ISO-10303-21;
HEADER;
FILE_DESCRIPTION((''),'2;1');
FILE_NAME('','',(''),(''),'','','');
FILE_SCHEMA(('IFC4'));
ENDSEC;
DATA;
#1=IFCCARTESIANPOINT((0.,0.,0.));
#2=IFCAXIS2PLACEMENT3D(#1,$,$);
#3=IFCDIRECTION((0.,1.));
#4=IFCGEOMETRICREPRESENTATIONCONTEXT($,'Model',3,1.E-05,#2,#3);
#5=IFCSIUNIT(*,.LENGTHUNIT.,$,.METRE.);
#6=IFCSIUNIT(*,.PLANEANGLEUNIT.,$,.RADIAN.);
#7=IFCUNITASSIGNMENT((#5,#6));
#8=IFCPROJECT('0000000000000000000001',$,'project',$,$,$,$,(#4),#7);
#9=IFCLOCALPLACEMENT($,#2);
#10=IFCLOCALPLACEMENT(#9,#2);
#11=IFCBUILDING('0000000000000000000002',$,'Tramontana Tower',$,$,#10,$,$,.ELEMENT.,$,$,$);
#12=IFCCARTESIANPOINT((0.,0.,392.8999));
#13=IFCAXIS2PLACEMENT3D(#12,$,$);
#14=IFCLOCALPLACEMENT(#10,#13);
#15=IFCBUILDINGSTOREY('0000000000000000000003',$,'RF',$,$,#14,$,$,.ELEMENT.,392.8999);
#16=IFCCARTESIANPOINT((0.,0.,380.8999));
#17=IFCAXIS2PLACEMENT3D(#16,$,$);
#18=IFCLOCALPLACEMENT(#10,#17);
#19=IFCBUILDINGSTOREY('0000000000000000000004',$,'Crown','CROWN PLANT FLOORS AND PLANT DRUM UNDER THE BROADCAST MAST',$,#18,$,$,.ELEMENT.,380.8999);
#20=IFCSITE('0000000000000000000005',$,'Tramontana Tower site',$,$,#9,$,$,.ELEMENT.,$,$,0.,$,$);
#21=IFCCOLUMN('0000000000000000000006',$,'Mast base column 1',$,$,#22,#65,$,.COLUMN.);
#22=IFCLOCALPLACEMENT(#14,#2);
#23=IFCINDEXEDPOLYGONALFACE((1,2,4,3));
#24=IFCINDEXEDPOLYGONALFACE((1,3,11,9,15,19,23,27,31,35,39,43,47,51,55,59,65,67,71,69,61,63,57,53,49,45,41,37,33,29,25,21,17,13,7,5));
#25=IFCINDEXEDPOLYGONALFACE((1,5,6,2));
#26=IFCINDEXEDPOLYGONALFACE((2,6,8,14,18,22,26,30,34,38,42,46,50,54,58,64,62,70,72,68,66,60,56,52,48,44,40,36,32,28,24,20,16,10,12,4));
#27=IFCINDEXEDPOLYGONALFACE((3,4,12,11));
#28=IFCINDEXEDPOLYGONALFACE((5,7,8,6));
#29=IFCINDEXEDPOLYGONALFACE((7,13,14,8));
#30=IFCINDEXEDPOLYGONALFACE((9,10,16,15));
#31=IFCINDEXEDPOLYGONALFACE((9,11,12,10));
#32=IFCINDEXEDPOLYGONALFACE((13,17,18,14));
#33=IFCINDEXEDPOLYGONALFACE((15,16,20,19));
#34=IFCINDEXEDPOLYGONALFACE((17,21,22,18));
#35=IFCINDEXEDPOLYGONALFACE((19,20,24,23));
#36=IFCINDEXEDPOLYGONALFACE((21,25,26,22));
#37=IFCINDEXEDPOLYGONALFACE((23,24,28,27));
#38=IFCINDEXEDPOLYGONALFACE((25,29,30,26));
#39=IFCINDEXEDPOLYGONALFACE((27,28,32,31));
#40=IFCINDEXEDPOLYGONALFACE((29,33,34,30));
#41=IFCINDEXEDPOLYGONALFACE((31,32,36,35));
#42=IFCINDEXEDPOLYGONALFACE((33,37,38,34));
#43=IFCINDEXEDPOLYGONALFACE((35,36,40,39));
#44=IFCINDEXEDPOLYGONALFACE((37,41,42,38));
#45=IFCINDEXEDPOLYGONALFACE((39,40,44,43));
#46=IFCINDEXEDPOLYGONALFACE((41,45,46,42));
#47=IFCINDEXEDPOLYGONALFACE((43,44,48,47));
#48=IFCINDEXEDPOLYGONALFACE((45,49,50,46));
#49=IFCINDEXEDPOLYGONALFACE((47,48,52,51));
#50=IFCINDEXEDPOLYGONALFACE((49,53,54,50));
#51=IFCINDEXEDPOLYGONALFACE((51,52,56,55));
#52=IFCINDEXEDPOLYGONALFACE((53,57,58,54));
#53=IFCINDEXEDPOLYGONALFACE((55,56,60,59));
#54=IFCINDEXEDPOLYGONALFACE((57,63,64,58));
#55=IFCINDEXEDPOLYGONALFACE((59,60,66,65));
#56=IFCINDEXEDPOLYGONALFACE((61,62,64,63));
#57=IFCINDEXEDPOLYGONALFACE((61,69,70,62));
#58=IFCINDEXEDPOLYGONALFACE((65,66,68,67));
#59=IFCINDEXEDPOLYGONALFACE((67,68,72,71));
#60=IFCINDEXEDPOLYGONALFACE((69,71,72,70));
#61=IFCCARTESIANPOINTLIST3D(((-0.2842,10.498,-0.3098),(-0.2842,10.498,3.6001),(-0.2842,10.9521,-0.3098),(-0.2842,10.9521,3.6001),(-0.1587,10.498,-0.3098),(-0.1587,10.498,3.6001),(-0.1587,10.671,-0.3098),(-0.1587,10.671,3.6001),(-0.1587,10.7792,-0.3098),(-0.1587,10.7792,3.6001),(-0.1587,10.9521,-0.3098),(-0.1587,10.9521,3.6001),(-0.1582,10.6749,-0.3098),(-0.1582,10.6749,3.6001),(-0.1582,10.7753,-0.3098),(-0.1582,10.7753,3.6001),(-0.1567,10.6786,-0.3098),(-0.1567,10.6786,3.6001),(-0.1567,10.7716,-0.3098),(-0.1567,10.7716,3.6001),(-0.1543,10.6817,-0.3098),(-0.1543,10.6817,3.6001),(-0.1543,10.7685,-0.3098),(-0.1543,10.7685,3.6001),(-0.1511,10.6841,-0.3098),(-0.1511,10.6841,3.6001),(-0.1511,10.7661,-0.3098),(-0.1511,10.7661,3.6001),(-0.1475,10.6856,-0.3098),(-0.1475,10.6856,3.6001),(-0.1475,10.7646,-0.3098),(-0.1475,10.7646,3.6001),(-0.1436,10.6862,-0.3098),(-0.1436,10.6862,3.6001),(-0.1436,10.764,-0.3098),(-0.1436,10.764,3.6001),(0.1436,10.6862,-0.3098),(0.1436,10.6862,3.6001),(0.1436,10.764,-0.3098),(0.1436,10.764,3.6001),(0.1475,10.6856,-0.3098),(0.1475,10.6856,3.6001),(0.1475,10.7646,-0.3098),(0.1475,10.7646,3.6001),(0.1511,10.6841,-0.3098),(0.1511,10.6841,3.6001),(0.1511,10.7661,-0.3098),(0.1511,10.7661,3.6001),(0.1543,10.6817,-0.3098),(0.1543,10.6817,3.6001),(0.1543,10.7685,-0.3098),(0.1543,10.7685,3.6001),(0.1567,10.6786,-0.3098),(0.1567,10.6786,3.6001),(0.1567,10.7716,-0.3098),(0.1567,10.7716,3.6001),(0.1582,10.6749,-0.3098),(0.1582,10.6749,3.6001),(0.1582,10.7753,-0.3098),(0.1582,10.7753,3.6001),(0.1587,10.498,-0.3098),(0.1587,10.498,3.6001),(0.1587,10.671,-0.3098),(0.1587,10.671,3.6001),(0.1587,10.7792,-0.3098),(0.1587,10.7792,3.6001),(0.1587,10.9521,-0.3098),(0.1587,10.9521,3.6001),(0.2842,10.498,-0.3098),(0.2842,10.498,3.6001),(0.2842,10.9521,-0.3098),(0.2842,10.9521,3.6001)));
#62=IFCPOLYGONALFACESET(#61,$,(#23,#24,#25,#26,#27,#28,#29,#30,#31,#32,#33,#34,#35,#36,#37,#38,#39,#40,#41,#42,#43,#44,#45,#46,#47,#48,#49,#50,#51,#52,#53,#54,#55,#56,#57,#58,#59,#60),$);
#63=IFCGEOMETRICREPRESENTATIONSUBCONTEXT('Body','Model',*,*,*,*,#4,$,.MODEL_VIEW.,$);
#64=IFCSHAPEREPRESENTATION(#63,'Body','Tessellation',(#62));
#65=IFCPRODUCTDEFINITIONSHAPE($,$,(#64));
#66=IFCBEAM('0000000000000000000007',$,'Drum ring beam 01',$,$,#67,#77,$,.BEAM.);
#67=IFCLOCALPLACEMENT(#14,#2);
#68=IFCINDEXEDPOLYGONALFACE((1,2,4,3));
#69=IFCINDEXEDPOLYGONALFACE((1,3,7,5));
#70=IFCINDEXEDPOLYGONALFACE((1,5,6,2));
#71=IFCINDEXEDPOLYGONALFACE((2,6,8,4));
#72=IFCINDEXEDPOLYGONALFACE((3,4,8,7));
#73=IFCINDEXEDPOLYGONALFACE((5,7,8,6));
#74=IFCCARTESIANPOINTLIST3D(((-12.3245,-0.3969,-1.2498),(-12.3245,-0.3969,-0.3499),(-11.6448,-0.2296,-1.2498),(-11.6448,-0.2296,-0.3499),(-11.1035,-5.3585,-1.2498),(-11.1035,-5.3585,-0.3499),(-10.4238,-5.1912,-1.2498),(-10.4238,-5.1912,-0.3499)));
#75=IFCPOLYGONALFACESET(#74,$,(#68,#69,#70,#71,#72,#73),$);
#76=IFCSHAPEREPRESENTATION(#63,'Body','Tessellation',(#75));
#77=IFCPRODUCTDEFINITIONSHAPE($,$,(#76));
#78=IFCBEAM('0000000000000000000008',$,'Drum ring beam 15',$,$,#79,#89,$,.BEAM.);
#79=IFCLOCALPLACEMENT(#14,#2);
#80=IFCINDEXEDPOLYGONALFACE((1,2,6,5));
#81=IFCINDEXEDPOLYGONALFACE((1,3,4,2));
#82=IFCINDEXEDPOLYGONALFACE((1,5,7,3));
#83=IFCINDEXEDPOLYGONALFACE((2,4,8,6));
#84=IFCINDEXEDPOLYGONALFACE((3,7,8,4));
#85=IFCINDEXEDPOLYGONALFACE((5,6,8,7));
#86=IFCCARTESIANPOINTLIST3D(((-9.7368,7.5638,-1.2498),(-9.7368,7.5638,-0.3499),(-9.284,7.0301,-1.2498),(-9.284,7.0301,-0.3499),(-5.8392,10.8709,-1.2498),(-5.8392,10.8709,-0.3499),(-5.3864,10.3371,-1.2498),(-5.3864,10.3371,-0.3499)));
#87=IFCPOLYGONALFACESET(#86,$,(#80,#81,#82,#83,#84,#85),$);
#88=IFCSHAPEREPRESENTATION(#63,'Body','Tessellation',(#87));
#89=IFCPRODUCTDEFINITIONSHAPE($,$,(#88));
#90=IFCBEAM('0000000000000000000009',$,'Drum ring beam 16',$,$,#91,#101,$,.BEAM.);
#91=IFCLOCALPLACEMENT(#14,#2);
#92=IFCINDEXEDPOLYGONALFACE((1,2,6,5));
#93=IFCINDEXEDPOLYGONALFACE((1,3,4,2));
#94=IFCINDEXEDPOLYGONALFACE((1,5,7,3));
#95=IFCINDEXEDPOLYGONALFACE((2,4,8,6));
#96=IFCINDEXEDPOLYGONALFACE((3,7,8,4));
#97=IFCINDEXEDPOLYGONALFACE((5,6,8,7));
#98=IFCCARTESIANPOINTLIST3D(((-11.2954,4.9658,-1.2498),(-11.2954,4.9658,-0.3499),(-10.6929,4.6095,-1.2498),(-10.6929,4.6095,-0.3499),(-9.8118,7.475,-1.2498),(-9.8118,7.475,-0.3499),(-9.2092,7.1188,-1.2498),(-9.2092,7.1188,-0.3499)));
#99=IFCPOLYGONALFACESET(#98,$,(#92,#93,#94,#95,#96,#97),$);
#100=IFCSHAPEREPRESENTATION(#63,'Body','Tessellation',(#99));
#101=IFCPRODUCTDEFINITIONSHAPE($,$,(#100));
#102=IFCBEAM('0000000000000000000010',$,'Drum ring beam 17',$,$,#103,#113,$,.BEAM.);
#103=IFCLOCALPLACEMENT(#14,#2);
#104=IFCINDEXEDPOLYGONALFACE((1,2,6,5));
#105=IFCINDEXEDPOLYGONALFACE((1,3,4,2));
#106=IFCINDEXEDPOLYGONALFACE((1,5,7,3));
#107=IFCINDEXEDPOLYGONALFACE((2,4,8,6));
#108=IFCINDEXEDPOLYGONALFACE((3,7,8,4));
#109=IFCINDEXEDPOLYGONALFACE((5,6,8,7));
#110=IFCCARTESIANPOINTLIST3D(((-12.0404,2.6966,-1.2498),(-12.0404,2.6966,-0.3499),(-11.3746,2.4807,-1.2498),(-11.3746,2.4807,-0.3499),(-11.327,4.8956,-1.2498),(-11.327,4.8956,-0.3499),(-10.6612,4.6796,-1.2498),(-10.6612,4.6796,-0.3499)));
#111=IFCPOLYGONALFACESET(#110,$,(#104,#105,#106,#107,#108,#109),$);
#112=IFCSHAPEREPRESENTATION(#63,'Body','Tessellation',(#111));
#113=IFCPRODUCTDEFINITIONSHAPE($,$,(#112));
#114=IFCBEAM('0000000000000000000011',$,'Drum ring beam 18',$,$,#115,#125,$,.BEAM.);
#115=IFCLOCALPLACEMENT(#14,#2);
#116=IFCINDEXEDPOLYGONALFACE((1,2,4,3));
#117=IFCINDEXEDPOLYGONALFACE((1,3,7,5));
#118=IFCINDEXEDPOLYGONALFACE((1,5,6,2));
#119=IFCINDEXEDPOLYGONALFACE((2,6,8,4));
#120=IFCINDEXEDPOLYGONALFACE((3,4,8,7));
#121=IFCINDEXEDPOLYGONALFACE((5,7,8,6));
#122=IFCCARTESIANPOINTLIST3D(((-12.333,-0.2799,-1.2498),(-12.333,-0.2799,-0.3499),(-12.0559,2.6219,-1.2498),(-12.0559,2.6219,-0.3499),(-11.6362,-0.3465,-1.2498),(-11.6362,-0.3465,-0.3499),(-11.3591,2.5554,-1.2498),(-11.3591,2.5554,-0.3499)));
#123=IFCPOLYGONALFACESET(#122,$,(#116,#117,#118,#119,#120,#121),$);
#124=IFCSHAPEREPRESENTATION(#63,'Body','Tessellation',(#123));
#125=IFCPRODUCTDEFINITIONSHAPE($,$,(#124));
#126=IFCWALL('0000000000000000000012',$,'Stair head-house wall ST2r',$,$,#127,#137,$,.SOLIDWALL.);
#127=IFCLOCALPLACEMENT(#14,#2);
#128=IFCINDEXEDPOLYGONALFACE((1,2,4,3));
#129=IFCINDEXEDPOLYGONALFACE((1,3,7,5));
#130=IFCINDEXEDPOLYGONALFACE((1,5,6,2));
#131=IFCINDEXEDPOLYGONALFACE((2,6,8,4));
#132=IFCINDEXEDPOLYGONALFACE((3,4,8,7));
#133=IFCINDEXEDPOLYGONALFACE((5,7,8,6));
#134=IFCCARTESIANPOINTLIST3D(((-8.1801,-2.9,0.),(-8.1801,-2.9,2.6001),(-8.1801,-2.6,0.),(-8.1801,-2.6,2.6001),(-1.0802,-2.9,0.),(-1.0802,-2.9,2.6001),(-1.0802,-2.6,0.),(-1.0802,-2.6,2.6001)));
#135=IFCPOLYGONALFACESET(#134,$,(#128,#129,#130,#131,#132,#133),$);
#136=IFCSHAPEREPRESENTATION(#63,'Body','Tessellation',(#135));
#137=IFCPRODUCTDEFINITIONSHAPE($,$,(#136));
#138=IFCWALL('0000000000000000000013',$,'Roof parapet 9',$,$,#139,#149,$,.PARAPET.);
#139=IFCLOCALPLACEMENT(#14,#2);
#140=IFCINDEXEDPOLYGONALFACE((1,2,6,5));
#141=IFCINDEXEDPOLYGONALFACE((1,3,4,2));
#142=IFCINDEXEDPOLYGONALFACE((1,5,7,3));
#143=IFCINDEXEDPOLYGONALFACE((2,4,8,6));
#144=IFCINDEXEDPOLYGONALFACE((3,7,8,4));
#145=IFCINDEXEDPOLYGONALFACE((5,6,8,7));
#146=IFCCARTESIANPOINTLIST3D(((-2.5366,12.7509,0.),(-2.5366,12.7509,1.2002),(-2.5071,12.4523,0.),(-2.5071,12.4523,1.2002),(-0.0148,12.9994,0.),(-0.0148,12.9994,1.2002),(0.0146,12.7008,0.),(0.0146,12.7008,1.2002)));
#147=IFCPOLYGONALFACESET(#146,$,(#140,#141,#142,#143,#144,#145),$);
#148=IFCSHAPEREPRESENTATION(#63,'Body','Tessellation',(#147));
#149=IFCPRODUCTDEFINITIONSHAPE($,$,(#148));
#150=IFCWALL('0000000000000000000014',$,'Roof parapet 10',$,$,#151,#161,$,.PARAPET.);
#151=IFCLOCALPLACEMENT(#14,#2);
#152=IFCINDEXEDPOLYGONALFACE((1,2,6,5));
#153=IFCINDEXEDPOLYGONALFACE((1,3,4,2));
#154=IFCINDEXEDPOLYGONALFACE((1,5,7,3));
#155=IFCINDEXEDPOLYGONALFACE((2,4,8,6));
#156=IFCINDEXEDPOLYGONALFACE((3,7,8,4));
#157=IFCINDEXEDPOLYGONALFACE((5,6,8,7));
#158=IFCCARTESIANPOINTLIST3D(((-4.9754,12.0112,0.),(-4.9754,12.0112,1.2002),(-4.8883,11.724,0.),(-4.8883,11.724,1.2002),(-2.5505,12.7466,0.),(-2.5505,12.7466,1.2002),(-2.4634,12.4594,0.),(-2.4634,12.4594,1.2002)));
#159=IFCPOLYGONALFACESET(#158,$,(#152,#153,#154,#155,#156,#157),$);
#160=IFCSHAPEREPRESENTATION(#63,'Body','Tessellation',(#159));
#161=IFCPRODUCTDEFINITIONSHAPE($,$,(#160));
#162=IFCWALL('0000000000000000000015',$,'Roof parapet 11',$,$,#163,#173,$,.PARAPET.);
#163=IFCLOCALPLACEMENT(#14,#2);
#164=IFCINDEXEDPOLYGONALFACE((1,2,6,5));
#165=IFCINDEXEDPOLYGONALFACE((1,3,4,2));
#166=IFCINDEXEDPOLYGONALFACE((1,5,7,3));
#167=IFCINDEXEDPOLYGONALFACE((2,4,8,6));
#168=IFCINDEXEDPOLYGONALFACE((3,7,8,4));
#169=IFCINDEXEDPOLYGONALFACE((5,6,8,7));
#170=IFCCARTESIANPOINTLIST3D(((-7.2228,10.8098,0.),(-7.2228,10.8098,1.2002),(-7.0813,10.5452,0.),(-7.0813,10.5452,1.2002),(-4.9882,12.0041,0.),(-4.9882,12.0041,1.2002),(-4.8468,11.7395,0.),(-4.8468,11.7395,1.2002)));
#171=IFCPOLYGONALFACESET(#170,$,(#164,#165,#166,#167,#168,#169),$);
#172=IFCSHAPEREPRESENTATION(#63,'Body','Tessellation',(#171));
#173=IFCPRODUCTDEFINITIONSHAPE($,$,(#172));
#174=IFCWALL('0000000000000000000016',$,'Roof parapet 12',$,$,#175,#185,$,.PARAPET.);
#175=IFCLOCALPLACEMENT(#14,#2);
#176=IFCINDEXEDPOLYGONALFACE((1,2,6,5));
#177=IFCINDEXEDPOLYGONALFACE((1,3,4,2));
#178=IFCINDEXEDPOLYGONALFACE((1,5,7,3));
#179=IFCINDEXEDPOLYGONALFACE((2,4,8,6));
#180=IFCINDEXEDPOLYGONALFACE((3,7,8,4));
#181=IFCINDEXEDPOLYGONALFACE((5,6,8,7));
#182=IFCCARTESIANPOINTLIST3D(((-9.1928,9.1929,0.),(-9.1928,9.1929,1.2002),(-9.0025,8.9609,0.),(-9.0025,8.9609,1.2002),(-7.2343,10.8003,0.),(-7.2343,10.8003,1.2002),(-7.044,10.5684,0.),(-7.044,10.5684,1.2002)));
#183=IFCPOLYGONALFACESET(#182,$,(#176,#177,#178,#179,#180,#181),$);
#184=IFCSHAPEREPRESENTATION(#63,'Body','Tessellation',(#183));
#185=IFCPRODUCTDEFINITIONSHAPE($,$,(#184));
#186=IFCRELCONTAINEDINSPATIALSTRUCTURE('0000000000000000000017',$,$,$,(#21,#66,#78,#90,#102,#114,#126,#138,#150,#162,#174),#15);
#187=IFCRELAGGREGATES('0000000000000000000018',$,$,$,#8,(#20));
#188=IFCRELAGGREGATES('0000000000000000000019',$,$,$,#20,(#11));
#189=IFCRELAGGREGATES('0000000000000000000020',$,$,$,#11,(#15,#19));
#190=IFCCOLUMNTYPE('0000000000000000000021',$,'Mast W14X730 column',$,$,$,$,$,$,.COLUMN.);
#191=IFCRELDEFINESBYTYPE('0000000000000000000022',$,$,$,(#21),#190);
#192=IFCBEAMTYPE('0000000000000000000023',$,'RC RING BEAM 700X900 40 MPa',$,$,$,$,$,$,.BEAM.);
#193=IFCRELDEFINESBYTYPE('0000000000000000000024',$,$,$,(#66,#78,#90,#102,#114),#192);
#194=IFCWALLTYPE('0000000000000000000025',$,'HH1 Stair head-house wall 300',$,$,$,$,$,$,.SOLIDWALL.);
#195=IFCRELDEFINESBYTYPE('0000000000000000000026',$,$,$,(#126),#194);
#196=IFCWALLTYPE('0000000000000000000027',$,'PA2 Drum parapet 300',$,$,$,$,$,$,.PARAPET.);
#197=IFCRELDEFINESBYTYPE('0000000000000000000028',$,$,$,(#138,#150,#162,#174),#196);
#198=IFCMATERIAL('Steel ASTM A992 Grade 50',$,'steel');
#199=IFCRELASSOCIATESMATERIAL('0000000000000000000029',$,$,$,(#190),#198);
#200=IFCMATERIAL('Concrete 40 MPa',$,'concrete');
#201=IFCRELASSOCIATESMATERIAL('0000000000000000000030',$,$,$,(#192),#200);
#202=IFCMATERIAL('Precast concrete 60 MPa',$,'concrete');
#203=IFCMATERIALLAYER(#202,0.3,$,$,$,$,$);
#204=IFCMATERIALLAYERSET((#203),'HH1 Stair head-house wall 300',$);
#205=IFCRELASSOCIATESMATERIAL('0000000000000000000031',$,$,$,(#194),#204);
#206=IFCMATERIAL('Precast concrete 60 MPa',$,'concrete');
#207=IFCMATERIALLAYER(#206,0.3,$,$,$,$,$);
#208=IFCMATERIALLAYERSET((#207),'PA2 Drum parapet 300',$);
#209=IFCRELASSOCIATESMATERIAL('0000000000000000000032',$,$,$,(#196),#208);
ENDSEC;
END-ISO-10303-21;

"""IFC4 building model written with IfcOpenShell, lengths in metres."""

from ifc_helpers import new_model, si_unit, direction, frame, frame_2d, origin, origin_2d, place, context, subcontext, project, spatial, rectangle, i_section, extrude, material, layer, layer_set, material_profile, profile_set, type_object, element, save


model = new_model("IFC4")

# Units and contexts
model_context = context("Model", 3, precision=1e-05, world=origin(), true_north=direction((0.0, 1.0)))
body_context = subcontext(model_context, "Body", "Model", "MODEL_VIEW")
ifc_project = project(units=[si_unit("LENGTHUNIT", "METRE"), si_unit("PLANEANGLEUNIT", "RADIAN")], contexts=[model_context])

# Site, building, storey
site_placement = place(None, origin())
site = spatial("IfcSite", under=ifc_project, at=site_placement, Name="Tramontana Tower site", CompositionType="ELEMENT", RefElevation=0.0)
building_placement = place(site_placement, origin())
building = spatial("IfcBuilding", under=site, at=building_placement, Name="Tramontana Tower", CompositionType="ELEMENT")
storey_1_placement = place(building_placement, frame((0.0, 0.0, 392.8999)))
storey_1 = spatial("IfcBuildingStorey", under=building, at=storey_1_placement, Name="RF", CompositionType="ELEMENT", Elevation=392.8999)

# Column
ifc_material_1 = material(Name="Steel ASTM A992 Grade 50", Category="steel")
ifc_material_profile_1 = material_profile(ifc_material_1, i_section(OverallWidth=0.4541, OverallDepth=0.5684, WebThickness=0.0779, FlangeThickness=0.1255, FilletRadius=0.0151, at=origin_2d()), Name="W14X730")
ifc_profile_set_1 = profile_set([ifc_material_profile_1], Name="Steel ASTM A992 Grade 50")
column_type = type_object("IfcColumnType", Name="Mast W14X730 column", PredefinedType="COLUMN", material=ifc_profile_set_1)
column_placement = place(storey_1_placement, frame((0.0, 10.7251, -0.3098), z_axis=(0.0, 0.0, 1.0), x_axis=(0.0, 1.0, 0.0)))
element("IfcColumn", 1, at=column_placement, inside=storey_1, type_object=column_type, Name="Mast base column 1", PredefinedType="COLUMN", context=body_context, shape_type="SweptSolid", body=[
    extrude(i_section(OverallWidth=0.4541, OverallDepth=0.5684, WebThickness=0.0779, FlangeThickness=0.1255, FilletRadius=0.0151, at=origin_2d()), origin(), (0.0, 0.0, 1.0), 3.9099),
])

# Beams
ifc_material_2 = material(Name="Concrete 40 MPa", Category="concrete")
ifc_material_profile_2 = material_profile(ifc_material_2, rectangle(XDim=0.7, YDim=0.8999, at=origin_2d()), Name="RC RING BEAM 700X900 40 MPa")
ifc_profile_set_2 = profile_set([ifc_material_profile_2], Name="Concrete 40 MPa")
beam_type = type_object("IfcBeamType", Name="RC RING BEAM 700X900 40 MPa", PredefinedType="BEAM", material=ifc_profile_set_2)
beam_1_placement = place(storey_1_placement, frame((-11.9846, -0.3132, -0.7998), z_axis=(0.238948, -0.971032, 0.0), x_axis=(0.971032, 0.238948, 0.0)))
element("IfcBeam", 2, at=beam_1_placement, inside=storey_1, type_object=beam_type, Name="Drum ring beam 01", PredefinedType="BEAM", context=body_context, shape_type="SweptSolid", body=[
    extrude(rectangle(XDim=0.7, YDim=0.8999, at=origin_2d()), origin(), (0.0, 0.0, 1.0), 5.1096),
])
beam_2_placement = place(storey_1_placement, frame((-5.6128, 10.604, -0.7998), z_axis=(-0.762511, -0.646976, 0.0), x_axis=(0.646976, -0.762511, 0.0)))
element("IfcBeam", 3, at=beam_2_placement, inside=storey_1, type_object=beam_type, Name="Drum ring beam 15", PredefinedType="BEAM", context=body_context, shape_type="SweptSolid", body=[
    extrude(rectangle(XDim=0.7, YDim=0.8999, at=origin_2d()), origin(), (0.0, 0.0, 1.0), 5.1116),
])
beam_3_placement = place(storey_1_placement, frame((-9.5105, 7.2969, -0.7998), z_axis=(-0.508955, -0.860793, 0.0), x_axis=(0.860793, -0.508955, 0.0)))
element("IfcBeam", 4, at=beam_3_placement, inside=storey_1, type_object=beam_type, Name="Drum ring beam 16", PredefinedType="BEAM", context=body_context, shape_type="SweptSolid", body=[
    extrude(rectangle(XDim=0.7, YDim=0.8999, at=origin_2d()), origin(), (0.0, 0.0, 1.0), 2.915),
])
beam_4_placement = place(storey_1_placement, frame((-10.9941, 4.7876, -0.7998), z_axis=(-0.308582, -0.951198, 0.0), x_axis=(0.951198, -0.308582, 0.0)))
element("IfcBeam", 5, at=beam_4_placement, inside=storey_1, type_object=beam_type, Name="Drum ring beam 17", PredefinedType="BEAM", context=body_context, shape_type="SweptSolid", body=[
    extrude(rectangle(XDim=0.7, YDim=0.8999, at=origin_2d()), origin(), (0.0, 0.0, 1.0), 2.3118),
])
beam_5_placement = place(storey_1_placement, frame((-11.7075, 2.5886, -0.7998), z_axis=(-0.095058, -0.995472, 0.0), x_axis=(0.995472, -0.095058, 0.0)))
element("IfcBeam", 6, at=beam_5_placement, inside=storey_1, type_object=beam_type, Name="Drum ring beam 18", PredefinedType="BEAM", context=body_context, shape_type="SweptSolid", body=[
    extrude(rectangle(XDim=0.7, YDim=0.8999, at=origin_2d()), origin(), (0.0, 0.0, 1.0), 2.915),
])

# Shared definitions
storey_2_placement = place(building_placement, frame((0.0, 0.0, 380.8999)))
storey_2 = spatial("IfcBuildingStorey", under=building, at=storey_2_placement, Name="Crown", Description="CROWN PLANT FLOORS AND PLANT DRUM UNDER THE BROADCAST MAST", CompositionType="ELEMENT", Elevation=380.8999)

# Walls
ifc_material_3 = material(Name="Precast concrete 60 MPa", Category="concrete")
ifc_layer_1 = layer(ifc_material_3, 0.3)
ifc_layer_set_1 = layer_set([ifc_layer_1], Name="HH1 Stair head-house wall 300")
wall_type_1 = type_object("IfcWallType", Name="HH1 Stair head-house wall 300", PredefinedType="SOLIDWALL", material=ifc_layer_set_1)
wall_1_placement = place(storey_1_placement, frame((-8.1799, -2.75, 0.0), z_axis=(0.0, 0.0, 1.0), x_axis=(1.0, 0.0, 0.0)))
element("IfcWall", 7, at=wall_1_placement, inside=storey_1, type_object=wall_type_1, Name="Stair head-house wall ST2r", PredefinedType="SOLIDWALL", context=body_context, shape_type="SweptSolid", body=[
    extrude(rectangle(XDim=7.0999, YDim=0.3, at=frame_2d((3.5498, 0.0))), origin(), (0.0, 0.0, 1.0), 2.6001),
])
ifc_material_4 = material(Name="Precast concrete 60 MPa", Category="concrete")
ifc_layer_2 = layer(ifc_material_4, 0.3)
ifc_layer_set_2 = layer_set([ifc_layer_2], Name="PA2 Drum parapet 300")
wall_type_2 = type_object("IfcWallType", Name="PA2 Drum parapet 300", PredefinedType="PARAPET", material=ifc_layer_set_2)
for number, where, z_axis, x_axis, name in (
    (8, (0.0, 12.8501, 0.0), (0.0, 0.0, 1.0), (-0.995178, -0.098082, 0.0), "Roof parapet 9"),
    (9, (-2.5068, 12.603, 0.0), (0.0, 0.0, 1.0), (-0.956963, -0.290211, 0.0), "Roof parapet 10"),
):
    element("IfcWall", number, at=place(storey_1_placement, frame(where, z_axis=z_axis, x_axis=x_axis)), inside=storey_1, type_object=wall_type_2, Name=name, PredefinedType="PARAPET", context=body_context, shape_type="SweptSolid", body=[
        extrude(rectangle(XDim=2.5339, YDim=0.3, at=frame_2d((1.2671, 0.0))), origin(), (0.0, 0.0, 1.0), 1.2002),
    ])
for number, where, z_axis, x_axis, name in (
    (10, (-4.9175, 11.8718, 0.0), (0.0, 0.0, 1.0), (-0.881937, -0.471368, 0.0), "Roof parapet 11"),
    (11, (-7.1392, 10.6843, 0.0), (0.0, 0.0, 1.0), (-0.772986, -0.634423, 0.0), "Roof parapet 12"),
):
    element("IfcWall", number, at=place(storey_1_placement, frame(where, z_axis=z_axis, x_axis=x_axis)), inside=storey_1, type_object=wall_type_2, Name=name, PredefinedType="PARAPET", context=body_context, shape_type="SweptSolid", body=[
        extrude(rectangle(XDim=2.5337, YDim=0.3, at=frame_2d((1.2668, 0.0))), origin(), (0.0, 0.0, 1.0), 1.2002),
    ])

save(model, "model.ifc")
